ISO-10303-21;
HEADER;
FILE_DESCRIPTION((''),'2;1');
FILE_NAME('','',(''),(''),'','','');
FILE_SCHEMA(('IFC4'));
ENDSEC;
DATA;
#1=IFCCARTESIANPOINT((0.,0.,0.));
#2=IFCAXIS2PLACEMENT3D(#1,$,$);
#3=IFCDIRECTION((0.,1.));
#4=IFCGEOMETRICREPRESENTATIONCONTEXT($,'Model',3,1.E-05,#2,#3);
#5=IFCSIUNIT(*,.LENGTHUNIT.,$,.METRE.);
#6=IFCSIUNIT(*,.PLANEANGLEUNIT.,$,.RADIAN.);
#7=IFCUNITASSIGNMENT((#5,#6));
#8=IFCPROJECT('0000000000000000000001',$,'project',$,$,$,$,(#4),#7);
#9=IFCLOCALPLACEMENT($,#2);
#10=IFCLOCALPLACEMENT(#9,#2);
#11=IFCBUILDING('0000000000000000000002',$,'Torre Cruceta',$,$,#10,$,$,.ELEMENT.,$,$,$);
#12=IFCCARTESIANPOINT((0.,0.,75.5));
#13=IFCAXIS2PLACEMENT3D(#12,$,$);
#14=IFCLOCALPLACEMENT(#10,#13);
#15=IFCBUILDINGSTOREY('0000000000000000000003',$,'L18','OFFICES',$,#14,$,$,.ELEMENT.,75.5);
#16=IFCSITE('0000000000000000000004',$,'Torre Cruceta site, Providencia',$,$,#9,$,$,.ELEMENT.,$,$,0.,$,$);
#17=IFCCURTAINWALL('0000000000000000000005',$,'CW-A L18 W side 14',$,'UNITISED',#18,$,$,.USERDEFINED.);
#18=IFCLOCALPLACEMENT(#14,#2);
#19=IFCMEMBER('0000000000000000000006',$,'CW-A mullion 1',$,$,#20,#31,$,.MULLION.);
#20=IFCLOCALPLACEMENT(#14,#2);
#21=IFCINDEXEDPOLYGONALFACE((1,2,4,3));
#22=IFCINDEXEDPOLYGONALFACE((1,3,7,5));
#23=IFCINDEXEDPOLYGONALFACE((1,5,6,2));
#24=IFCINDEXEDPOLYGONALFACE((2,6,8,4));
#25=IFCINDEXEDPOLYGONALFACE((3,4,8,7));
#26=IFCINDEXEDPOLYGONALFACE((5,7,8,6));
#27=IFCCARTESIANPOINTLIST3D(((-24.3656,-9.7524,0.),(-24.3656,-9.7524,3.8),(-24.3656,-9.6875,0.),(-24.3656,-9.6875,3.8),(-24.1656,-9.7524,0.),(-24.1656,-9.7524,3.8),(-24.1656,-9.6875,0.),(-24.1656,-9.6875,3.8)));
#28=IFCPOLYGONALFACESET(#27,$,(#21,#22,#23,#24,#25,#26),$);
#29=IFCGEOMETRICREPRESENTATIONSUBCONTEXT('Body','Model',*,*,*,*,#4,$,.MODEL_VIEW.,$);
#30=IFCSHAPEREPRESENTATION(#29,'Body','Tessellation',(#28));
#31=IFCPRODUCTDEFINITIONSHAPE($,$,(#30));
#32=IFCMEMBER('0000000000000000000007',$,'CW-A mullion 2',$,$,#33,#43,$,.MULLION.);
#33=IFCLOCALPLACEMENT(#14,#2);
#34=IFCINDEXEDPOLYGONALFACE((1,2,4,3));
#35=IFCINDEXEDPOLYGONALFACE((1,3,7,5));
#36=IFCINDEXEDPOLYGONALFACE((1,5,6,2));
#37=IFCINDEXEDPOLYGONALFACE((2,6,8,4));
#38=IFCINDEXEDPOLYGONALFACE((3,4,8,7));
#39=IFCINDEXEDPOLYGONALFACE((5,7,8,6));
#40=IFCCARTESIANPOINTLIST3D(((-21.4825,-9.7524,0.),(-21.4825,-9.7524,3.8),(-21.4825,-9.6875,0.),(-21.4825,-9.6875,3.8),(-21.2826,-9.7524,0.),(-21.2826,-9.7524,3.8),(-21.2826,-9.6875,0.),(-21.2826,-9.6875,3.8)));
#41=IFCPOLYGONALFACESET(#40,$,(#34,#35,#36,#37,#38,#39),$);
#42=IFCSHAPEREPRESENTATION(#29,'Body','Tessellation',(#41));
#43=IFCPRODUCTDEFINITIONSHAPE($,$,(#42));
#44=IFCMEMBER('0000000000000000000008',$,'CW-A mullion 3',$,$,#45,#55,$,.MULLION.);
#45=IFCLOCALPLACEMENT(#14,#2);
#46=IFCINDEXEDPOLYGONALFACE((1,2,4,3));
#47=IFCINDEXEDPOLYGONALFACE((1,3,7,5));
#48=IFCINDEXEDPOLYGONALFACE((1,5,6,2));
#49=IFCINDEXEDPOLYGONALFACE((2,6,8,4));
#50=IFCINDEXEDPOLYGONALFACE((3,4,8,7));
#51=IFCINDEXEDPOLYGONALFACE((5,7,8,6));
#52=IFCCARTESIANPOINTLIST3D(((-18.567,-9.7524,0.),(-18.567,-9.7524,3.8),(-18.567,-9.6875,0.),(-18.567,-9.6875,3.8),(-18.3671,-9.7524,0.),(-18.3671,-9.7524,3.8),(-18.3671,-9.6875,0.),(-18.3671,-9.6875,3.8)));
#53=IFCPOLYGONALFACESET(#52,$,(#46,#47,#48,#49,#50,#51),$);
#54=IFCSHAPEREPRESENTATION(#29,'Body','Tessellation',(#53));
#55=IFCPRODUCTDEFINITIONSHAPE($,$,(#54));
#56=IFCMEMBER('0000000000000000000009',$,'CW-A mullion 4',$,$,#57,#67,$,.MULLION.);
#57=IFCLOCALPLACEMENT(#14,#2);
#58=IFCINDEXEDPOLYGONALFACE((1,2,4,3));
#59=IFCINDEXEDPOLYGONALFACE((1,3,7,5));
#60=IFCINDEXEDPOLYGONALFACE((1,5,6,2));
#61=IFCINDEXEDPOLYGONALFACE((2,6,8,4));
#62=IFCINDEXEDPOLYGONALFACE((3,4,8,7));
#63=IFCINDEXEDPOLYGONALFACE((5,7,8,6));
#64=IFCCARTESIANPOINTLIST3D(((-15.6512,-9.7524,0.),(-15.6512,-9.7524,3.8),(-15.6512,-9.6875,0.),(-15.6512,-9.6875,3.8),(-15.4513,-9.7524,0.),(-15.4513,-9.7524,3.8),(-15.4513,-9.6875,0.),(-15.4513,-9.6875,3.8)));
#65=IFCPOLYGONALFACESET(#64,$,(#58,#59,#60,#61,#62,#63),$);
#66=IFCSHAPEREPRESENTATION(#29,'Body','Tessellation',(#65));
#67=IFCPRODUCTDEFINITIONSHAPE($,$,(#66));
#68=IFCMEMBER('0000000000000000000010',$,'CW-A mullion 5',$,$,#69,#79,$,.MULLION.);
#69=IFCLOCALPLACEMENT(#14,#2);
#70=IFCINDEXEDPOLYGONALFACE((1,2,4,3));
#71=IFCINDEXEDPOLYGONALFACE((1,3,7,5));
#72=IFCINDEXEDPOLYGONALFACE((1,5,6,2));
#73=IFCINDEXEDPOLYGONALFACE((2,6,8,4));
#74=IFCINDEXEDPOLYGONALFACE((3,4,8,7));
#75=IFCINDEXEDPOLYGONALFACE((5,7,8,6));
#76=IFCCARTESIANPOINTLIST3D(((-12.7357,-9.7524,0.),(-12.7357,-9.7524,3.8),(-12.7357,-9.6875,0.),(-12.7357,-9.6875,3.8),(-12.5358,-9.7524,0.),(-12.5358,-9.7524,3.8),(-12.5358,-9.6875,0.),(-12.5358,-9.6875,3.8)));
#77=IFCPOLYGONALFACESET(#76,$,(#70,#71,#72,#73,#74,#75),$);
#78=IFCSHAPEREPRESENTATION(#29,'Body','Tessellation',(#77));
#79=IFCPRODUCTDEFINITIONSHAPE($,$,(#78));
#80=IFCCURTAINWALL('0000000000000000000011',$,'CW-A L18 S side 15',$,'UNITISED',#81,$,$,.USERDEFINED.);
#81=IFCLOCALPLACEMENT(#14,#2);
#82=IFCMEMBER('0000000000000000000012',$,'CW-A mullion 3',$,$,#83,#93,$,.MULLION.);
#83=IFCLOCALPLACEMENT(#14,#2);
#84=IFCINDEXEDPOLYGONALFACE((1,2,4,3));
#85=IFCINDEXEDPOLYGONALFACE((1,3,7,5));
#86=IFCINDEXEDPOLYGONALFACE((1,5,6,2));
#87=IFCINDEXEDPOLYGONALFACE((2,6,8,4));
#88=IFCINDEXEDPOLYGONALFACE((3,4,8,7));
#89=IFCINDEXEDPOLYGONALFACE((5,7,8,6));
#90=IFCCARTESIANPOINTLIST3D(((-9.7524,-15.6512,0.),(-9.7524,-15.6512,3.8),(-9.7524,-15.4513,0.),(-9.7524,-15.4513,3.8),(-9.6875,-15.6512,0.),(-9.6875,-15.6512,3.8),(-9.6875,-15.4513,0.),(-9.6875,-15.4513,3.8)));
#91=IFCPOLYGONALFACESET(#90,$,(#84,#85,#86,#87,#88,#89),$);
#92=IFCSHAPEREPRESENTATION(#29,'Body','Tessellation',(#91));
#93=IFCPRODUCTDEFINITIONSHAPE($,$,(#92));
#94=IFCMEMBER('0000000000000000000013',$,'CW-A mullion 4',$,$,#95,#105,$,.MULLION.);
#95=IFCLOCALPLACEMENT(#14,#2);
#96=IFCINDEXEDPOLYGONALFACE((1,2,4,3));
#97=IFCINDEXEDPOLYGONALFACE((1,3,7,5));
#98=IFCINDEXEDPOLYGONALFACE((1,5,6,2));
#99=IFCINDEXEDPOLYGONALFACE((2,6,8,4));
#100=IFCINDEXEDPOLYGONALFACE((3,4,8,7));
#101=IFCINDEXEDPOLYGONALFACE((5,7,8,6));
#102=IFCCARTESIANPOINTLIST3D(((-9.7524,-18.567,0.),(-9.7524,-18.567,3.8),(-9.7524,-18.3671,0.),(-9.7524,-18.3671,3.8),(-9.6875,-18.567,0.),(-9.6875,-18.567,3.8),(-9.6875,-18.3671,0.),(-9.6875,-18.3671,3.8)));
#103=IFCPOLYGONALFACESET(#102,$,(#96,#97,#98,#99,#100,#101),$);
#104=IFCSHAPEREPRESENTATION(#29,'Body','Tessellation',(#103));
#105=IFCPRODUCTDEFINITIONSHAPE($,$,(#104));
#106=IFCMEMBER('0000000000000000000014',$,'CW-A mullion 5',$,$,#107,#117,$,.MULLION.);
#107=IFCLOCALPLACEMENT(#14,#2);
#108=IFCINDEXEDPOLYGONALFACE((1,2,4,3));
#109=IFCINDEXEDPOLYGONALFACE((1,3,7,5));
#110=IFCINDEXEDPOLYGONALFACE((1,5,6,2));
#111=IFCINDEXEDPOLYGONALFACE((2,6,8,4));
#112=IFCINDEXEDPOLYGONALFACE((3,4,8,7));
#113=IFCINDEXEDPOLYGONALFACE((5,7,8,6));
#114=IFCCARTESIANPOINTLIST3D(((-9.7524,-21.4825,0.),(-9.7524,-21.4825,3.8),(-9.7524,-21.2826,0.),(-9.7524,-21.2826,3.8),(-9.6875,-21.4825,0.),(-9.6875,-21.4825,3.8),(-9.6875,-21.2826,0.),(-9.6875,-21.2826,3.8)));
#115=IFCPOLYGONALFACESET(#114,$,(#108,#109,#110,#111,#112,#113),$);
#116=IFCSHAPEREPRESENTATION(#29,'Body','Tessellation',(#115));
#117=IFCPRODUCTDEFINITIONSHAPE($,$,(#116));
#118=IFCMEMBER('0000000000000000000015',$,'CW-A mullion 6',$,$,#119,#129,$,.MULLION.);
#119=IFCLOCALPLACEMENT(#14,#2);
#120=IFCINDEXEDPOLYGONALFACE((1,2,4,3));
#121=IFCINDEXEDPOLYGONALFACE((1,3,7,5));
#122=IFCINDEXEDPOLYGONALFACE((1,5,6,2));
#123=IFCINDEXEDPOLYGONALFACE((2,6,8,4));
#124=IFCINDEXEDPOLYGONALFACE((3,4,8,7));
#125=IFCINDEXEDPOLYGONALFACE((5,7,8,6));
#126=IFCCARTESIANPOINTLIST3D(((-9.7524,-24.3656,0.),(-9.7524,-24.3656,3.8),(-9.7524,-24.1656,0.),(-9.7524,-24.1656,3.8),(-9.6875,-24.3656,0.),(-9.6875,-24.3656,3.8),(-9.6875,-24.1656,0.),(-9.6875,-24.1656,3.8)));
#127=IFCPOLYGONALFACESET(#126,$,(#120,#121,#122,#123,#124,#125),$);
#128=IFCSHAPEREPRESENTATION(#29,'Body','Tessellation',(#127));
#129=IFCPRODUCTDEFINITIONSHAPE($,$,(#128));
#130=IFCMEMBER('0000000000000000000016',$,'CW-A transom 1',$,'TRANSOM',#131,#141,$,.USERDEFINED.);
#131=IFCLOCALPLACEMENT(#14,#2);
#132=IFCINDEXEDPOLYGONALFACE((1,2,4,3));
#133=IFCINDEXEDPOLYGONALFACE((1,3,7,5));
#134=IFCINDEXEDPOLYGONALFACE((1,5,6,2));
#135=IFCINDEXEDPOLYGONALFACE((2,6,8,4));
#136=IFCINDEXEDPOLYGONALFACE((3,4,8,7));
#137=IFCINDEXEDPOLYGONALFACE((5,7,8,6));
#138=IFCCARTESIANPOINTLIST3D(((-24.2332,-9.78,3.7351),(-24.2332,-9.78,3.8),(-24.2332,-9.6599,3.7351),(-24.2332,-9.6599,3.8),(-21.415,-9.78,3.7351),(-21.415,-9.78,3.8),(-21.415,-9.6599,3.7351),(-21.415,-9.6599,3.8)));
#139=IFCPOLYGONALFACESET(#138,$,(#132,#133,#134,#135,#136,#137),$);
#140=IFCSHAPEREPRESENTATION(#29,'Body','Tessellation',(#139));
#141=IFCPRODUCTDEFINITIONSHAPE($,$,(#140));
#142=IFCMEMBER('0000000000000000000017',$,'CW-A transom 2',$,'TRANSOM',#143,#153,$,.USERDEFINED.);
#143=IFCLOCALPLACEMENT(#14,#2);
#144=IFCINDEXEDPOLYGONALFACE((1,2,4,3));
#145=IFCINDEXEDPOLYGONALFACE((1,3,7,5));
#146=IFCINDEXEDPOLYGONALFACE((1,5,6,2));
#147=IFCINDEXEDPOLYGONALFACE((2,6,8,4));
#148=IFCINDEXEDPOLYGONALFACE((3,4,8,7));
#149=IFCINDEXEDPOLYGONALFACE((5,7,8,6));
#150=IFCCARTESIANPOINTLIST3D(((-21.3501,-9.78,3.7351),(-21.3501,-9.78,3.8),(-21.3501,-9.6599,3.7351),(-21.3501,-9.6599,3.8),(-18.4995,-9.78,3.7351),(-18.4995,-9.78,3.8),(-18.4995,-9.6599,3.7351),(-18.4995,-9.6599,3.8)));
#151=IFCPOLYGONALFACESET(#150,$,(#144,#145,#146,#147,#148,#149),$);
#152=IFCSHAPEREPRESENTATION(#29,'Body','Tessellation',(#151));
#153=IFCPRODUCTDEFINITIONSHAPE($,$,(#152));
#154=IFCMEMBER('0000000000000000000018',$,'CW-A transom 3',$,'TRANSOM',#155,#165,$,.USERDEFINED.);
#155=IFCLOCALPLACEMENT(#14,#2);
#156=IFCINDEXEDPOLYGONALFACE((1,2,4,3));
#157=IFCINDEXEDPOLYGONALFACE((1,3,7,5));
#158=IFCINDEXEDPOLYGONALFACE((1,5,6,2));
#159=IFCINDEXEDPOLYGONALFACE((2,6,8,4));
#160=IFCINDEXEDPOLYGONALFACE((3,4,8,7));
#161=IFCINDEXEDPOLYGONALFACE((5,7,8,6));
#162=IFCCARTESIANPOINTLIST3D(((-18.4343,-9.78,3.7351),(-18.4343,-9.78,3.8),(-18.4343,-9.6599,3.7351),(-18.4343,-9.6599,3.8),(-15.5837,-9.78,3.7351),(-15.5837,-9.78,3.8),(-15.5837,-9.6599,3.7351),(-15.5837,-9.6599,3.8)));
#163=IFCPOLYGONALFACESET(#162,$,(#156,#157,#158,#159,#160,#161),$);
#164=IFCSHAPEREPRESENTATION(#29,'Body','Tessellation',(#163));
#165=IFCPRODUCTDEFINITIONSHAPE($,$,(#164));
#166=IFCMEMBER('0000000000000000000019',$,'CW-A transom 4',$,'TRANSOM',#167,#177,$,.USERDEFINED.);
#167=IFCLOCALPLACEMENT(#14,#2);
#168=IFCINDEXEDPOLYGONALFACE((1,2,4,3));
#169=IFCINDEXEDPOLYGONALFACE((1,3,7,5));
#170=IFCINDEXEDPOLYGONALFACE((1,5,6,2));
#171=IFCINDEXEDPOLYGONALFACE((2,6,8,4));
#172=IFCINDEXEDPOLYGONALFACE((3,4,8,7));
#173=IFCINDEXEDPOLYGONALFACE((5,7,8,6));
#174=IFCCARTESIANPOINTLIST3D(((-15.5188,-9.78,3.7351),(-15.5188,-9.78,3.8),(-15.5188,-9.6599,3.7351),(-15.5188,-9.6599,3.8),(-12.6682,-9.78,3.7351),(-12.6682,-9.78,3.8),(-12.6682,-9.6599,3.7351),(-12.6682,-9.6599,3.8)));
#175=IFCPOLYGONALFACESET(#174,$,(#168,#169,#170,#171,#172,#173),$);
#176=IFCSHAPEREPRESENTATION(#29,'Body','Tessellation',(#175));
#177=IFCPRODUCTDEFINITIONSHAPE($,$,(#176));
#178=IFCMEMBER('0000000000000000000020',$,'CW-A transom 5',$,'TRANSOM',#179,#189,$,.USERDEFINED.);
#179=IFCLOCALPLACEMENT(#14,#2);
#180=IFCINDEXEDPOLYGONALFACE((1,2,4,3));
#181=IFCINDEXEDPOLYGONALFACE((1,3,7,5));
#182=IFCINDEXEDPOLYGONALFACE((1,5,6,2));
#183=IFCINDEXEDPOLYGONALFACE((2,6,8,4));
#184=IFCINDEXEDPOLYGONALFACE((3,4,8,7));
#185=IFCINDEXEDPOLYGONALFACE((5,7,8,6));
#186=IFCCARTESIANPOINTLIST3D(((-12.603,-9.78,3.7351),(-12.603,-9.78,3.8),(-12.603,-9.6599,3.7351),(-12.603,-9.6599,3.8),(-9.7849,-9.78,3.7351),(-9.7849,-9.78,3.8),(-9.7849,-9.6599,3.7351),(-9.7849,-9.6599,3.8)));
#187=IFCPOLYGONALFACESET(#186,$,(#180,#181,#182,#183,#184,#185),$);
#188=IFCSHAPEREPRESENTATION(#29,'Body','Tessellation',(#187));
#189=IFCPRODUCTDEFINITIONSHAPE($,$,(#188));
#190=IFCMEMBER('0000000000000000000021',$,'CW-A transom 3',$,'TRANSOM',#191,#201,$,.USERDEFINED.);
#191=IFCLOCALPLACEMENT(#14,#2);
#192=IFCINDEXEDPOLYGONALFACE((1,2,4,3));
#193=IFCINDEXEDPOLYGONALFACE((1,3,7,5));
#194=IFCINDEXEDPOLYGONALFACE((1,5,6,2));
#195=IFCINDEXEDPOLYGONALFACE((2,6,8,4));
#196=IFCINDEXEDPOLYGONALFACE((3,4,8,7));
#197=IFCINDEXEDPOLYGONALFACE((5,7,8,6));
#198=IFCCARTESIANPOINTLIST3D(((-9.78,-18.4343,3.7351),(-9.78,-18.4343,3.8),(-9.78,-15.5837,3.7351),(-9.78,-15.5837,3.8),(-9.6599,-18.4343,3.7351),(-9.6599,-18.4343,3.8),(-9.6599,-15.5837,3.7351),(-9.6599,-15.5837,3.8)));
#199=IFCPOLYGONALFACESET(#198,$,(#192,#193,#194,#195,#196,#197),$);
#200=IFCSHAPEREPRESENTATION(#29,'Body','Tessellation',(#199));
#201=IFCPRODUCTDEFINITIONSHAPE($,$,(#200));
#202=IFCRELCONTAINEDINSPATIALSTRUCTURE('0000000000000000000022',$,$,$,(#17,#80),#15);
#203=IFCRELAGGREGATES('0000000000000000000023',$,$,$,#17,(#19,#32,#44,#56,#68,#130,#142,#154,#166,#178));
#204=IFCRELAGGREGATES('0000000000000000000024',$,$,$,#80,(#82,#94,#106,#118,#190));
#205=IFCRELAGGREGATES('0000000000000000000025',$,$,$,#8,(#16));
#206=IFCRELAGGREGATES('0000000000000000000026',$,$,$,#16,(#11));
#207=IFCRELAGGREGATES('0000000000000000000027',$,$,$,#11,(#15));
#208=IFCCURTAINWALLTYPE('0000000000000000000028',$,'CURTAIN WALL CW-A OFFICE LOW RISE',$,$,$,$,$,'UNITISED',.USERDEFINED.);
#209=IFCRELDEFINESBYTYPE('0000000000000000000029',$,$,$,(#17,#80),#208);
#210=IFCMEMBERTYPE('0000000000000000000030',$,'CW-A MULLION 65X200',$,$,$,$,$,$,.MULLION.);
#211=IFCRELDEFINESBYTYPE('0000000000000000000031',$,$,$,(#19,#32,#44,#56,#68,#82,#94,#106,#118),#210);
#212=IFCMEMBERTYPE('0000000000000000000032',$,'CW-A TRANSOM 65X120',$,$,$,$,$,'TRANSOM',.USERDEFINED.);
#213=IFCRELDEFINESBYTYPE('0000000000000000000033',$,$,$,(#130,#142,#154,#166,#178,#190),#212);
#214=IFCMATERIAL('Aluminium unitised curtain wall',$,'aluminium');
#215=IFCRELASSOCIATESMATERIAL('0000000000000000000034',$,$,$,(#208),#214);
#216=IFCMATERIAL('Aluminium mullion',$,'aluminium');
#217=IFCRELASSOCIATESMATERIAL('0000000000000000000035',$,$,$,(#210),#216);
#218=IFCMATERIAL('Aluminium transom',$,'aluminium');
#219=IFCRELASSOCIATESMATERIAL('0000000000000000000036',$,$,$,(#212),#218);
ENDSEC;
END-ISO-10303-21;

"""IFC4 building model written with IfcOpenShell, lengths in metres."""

from ifc_helpers import new_model, si_unit, direction, frame, origin, origin_2d, place, context, subcontext, project, spatial, rectangle, extrude, material, material_profile, profile_set, type_object, element, aggregate, save


model = new_model("IFC4")

# Units and contexts
model_context = context("Model", 3, precision=1e-05, world=origin(), true_north=direction((0.0, 1.0)))
body_context = subcontext(model_context, "Body", "Model", "MODEL_VIEW")
ifc_project = project(units=[si_unit("LENGTHUNIT", "METRE"), si_unit("PLANEANGLEUNIT", "RADIAN")], contexts=[model_context])

# Site, building, storey
site_placement = place(None, origin())
site = spatial("IfcSite", under=ifc_project, at=site_placement, Name="Torre Cruceta site, Providencia", CompositionType="ELEMENT", RefElevation=0.0)
building_placement = place(site_placement, origin())
building = spatial("IfcBuilding", under=site, at=building_placement, Name="Torre Cruceta", CompositionType="ELEMENT")
storey_placement = place(building_placement, frame((0.0, 0.0, 75.5)))
storey = spatial("IfcBuildingStorey", under=building, at=storey_placement, Name="L18", Description="OFFICES", CompositionType="ELEMENT", Elevation=75.5)

# Curtain walls, members
ifc_material_1 = material(Name="Aluminium unitised curtain wall", Category="aluminium")
curtain_wall_type = type_object("IfcCurtainWallType", Name="CURTAIN WALL CW-A OFFICE LOW RISE", ElementType="UNITISED", PredefinedType="USERDEFINED", material=ifc_material_1)
curtain_wall_1_placement = place(storey_placement, origin())
curtain_wall_1 = element("IfcCurtainWall", 1, at=curtain_wall_1_placement, inside=storey, type_object=curtain_wall_type, Name="CW-A L18 W side 14", ObjectType="UNITISED", PredefinedType="USERDEFINED")
ifc_material_2 = material(Name="Aluminium mullion", Category="aluminium")
ifc_material_profile_1 = material_profile(ifc_material_2, rectangle(XDim=0.0649, YDim=0.2, at=origin_2d()), Name="AL 65X200")
ifc_profile_set_1 = profile_set([ifc_material_profile_1], Name="Aluminium mullion")
member_type_1 = type_object("IfcMemberType", Name="CW-A MULLION 65X200", PredefinedType="MULLION", material=ifc_profile_set_1)
member_1_placement = place(storey_placement, frame((-24.2656, -9.72, 0.0), z_axis=(0.0, 0.0, 1.0), x_axis=(0.0, 1.0, 0.0)))
member_1 = element("IfcMember", 2, at=member_1_placement, type_object=member_type_1, Name="CW-A mullion 1", PredefinedType="MULLION", context=body_context, shape_type="SweptSolid", body=[
    extrude(rectangle(XDim=0.0649, YDim=0.2, at=origin_2d()), origin(), (0.0, 0.0, 1.0), 3.8),
])
member_2_placement = place(storey_placement, frame((-21.3826, -9.72, 0.0), z_axis=(0.0, 0.0, 1.0), x_axis=(0.0, 1.0, 0.0)))
member_2 = element("IfcMember", 3, at=member_2_placement, type_object=member_type_1, Name="CW-A mullion 2", PredefinedType="MULLION", context=body_context, shape_type="SweptSolid", body=[
    extrude(rectangle(XDim=0.0649, YDim=0.2, at=origin_2d()), origin(), (0.0, 0.0, 1.0), 3.8),
])
member_3_placement = place(storey_placement, frame((-18.467, -9.72, 0.0), z_axis=(0.0, 0.0, 1.0), x_axis=(0.0, 1.0, 0.0)))
member_3 = element("IfcMember", 4, at=member_3_placement, type_object=member_type_1, Name="CW-A mullion 3", PredefinedType="MULLION", context=body_context, shape_type="SweptSolid", body=[
    extrude(rectangle(XDim=0.0649, YDim=0.2, at=origin_2d()), origin(), (0.0, 0.0, 1.0), 3.8),
])
member_4_placement = place(storey_placement, frame((-15.5513, -9.72, 0.0), z_axis=(0.0, 0.0, 1.0), x_axis=(0.0, 1.0, 0.0)))
member_4 = element("IfcMember", 5, at=member_4_placement, type_object=member_type_1, Name="CW-A mullion 4", PredefinedType="MULLION", context=body_context, shape_type="SweptSolid", body=[
    extrude(rectangle(XDim=0.0649, YDim=0.2, at=origin_2d()), origin(), (0.0, 0.0, 1.0), 3.8),
])
member_5_placement = place(storey_placement, frame((-12.6357, -9.72, 0.0), z_axis=(0.0, 0.0, 1.0), x_axis=(0.0, 1.0, 0.0)))
member_5 = element("IfcMember", 6, at=member_5_placement, type_object=member_type_1, Name="CW-A mullion 5", PredefinedType="MULLION", context=body_context, shape_type="SweptSolid", body=[
    extrude(rectangle(XDim=0.0649, YDim=0.2, at=origin_2d()), origin(), (0.0, 0.0, 1.0), 3.8),
])
curtain_wall_2_placement = place(storey_placement, origin())
curtain_wall_2 = element("IfcCurtainWall", 7, at=curtain_wall_2_placement, inside=storey, type_object=curtain_wall_type, Name="CW-A L18 S side 15", ObjectType="UNITISED", PredefinedType="USERDEFINED")
member_6_placement = place(storey_placement, frame((-9.72, -15.5513, 0.0), z_axis=(0.0, 0.0, 1.0), x_axis=(1.0, 0.0, 0.0)))
member_6 = element("IfcMember", 8, at=member_6_placement, type_object=member_type_1, Name="CW-A mullion 3", PredefinedType="MULLION", context=body_context, shape_type="SweptSolid", body=[
    extrude(rectangle(XDim=0.0649, YDim=0.2, at=origin_2d()), origin(), (0.0, 0.0, 1.0), 3.8),
])
member_7_placement = place(storey_placement, frame((-9.72, -18.467, 0.0), z_axis=(0.0, 0.0, 1.0), x_axis=(1.0, 0.0, 0.0)))
member_7 = element("IfcMember", 9, at=member_7_placement, type_object=member_type_1, Name="CW-A mullion 4", PredefinedType="MULLION", context=body_context, shape_type="SweptSolid", body=[
    extrude(rectangle(XDim=0.0649, YDim=0.2, at=origin_2d()), origin(), (0.0, 0.0, 1.0), 3.8),
])
member_8_placement = place(storey_placement, frame((-9.72, -21.3826, 0.0), z_axis=(0.0, 0.0, 1.0), x_axis=(1.0, 0.0, 0.0)))
member_8 = element("IfcMember", 10, at=member_8_placement, type_object=member_type_1, Name="CW-A mullion 5", PredefinedType="MULLION", context=body_context, shape_type="SweptSolid", body=[
    extrude(rectangle(XDim=0.0649, YDim=0.2, at=origin_2d()), origin(), (0.0, 0.0, 1.0), 3.8),
])
member_9_placement = place(storey_placement, frame((-9.72, -24.2656, 0.0), z_axis=(0.0, 0.0, 1.0), x_axis=(1.0, 0.0, 0.0)))
member_9 = element("IfcMember", 11, at=member_9_placement, type_object=member_type_1, Name="CW-A mullion 6", PredefinedType="MULLION", context=body_context, shape_type="SweptSolid", body=[
    extrude(rectangle(XDim=0.0649, YDim=0.2, at=origin_2d()), origin(), (0.0, 0.0, 1.0), 3.8),
])

# Members
ifc_material_3 = material(Name="Aluminium transom", Category="aluminium")
ifc_material_profile_2 = material_profile(ifc_material_3, rectangle(XDim=0.1201, YDim=0.0649, at=origin_2d()), Name="AL 120X65")
ifc_profile_set_2 = profile_set([ifc_material_profile_2], Name="Aluminium transom")
member_type_2 = type_object("IfcMemberType", Name="CW-A TRANSOM 65X120", ElementType="TRANSOM", PredefinedType="USERDEFINED", material=ifc_profile_set_2)
member_10_placement = place(storey_placement, frame((-24.2332, -9.72, 3.7676), z_axis=(1.0, 0.0, 0.0), x_axis=(0.0, 1.0, 0.0)))
member_10 = element("IfcMember", 12, at=member_10_placement, type_object=member_type_2, Name="CW-A transom 1", ObjectType="TRANSOM", PredefinedType="USERDEFINED", context=body_context, shape_type="SweptSolid", body=[
    extrude(rectangle(XDim=0.1201, YDim=0.0649, at=origin_2d()), origin(), (0.0, 0.0, 1.0), 2.8181),
])
member_11_placement = place(storey_placement, frame((-21.3501, -9.72, 3.7676), z_axis=(1.0, 0.0, 0.0), x_axis=(0.0, 1.0, 0.0)))
member_11 = element("IfcMember", 13, at=member_11_placement, type_object=member_type_2, Name="CW-A transom 2", ObjectType="TRANSOM", PredefinedType="USERDEFINED", context=body_context, shape_type="SweptSolid", body=[
    extrude(rectangle(XDim=0.1201, YDim=0.0649, at=origin_2d()), origin(), (0.0, 0.0, 1.0), 2.8506),
])
member_12_placement = place(storey_placement, frame((-18.4343, -9.72, 3.7676), z_axis=(1.0, 0.0, 0.0), x_axis=(0.0, 1.0, 0.0)))
member_12 = element("IfcMember", 14, at=member_12_placement, type_object=member_type_2, Name="CW-A transom 3", ObjectType="TRANSOM", PredefinedType="USERDEFINED", context=body_context, shape_type="SweptSolid", body=[
    extrude(rectangle(XDim=0.1201, YDim=0.0649, at=origin_2d()), origin(), (0.0, 0.0, 1.0), 2.8506),
])
member_13_placement = place(storey_placement, frame((-15.5188, -9.72, 3.7676), z_axis=(1.0, 0.0, 0.0), x_axis=(0.0, 1.0, 0.0)))
member_13 = element("IfcMember", 15, at=member_13_placement, type_object=member_type_2, Name="CW-A transom 4", ObjectType="TRANSOM", PredefinedType="USERDEFINED", context=body_context, shape_type="SweptSolid", body=[
    extrude(rectangle(XDim=0.1201, YDim=0.0649, at=origin_2d()), origin(), (0.0, 0.0, 1.0), 2.8506),
])
member_14_placement = place(storey_placement, frame((-12.603, -9.72, 3.7676), z_axis=(1.0, 0.0, 0.0), x_axis=(0.0, 1.0, 0.0)))
member_14 = element("IfcMember", 16, at=member_14_placement, type_object=member_type_2, Name="CW-A transom 5", ObjectType="TRANSOM", PredefinedType="USERDEFINED", context=body_context, shape_type="SweptSolid", body=[
    extrude(rectangle(XDim=0.1201, YDim=0.0649, at=origin_2d()), origin(), (0.0, 0.0, 1.0), 2.8181),
])
member_15_placement = place(storey_placement, frame((-9.72, -15.5837, 3.7676), z_axis=(0.0, -1.0, 0.0), x_axis=(1.0, 0.0, 0.0)))
member_15 = element("IfcMember", 17, at=member_15_placement, type_object=member_type_2, Name="CW-A transom 3", ObjectType="TRANSOM", PredefinedType="USERDEFINED", context=body_context, shape_type="SweptSolid", body=[
    extrude(rectangle(XDim=0.1201, YDim=0.0649, at=origin_2d()), origin(), (0.0, 0.0, 1.0), 2.8506),
])

aggregate(curtain_wall_1, [member_1, member_2, member_3, member_4, member_5, member_10, member_11, member_12, member_13, member_14])
aggregate(curtain_wall_2, [member_6, member_7, member_8, member_9, member_15])

save(model, "model.ifc")
